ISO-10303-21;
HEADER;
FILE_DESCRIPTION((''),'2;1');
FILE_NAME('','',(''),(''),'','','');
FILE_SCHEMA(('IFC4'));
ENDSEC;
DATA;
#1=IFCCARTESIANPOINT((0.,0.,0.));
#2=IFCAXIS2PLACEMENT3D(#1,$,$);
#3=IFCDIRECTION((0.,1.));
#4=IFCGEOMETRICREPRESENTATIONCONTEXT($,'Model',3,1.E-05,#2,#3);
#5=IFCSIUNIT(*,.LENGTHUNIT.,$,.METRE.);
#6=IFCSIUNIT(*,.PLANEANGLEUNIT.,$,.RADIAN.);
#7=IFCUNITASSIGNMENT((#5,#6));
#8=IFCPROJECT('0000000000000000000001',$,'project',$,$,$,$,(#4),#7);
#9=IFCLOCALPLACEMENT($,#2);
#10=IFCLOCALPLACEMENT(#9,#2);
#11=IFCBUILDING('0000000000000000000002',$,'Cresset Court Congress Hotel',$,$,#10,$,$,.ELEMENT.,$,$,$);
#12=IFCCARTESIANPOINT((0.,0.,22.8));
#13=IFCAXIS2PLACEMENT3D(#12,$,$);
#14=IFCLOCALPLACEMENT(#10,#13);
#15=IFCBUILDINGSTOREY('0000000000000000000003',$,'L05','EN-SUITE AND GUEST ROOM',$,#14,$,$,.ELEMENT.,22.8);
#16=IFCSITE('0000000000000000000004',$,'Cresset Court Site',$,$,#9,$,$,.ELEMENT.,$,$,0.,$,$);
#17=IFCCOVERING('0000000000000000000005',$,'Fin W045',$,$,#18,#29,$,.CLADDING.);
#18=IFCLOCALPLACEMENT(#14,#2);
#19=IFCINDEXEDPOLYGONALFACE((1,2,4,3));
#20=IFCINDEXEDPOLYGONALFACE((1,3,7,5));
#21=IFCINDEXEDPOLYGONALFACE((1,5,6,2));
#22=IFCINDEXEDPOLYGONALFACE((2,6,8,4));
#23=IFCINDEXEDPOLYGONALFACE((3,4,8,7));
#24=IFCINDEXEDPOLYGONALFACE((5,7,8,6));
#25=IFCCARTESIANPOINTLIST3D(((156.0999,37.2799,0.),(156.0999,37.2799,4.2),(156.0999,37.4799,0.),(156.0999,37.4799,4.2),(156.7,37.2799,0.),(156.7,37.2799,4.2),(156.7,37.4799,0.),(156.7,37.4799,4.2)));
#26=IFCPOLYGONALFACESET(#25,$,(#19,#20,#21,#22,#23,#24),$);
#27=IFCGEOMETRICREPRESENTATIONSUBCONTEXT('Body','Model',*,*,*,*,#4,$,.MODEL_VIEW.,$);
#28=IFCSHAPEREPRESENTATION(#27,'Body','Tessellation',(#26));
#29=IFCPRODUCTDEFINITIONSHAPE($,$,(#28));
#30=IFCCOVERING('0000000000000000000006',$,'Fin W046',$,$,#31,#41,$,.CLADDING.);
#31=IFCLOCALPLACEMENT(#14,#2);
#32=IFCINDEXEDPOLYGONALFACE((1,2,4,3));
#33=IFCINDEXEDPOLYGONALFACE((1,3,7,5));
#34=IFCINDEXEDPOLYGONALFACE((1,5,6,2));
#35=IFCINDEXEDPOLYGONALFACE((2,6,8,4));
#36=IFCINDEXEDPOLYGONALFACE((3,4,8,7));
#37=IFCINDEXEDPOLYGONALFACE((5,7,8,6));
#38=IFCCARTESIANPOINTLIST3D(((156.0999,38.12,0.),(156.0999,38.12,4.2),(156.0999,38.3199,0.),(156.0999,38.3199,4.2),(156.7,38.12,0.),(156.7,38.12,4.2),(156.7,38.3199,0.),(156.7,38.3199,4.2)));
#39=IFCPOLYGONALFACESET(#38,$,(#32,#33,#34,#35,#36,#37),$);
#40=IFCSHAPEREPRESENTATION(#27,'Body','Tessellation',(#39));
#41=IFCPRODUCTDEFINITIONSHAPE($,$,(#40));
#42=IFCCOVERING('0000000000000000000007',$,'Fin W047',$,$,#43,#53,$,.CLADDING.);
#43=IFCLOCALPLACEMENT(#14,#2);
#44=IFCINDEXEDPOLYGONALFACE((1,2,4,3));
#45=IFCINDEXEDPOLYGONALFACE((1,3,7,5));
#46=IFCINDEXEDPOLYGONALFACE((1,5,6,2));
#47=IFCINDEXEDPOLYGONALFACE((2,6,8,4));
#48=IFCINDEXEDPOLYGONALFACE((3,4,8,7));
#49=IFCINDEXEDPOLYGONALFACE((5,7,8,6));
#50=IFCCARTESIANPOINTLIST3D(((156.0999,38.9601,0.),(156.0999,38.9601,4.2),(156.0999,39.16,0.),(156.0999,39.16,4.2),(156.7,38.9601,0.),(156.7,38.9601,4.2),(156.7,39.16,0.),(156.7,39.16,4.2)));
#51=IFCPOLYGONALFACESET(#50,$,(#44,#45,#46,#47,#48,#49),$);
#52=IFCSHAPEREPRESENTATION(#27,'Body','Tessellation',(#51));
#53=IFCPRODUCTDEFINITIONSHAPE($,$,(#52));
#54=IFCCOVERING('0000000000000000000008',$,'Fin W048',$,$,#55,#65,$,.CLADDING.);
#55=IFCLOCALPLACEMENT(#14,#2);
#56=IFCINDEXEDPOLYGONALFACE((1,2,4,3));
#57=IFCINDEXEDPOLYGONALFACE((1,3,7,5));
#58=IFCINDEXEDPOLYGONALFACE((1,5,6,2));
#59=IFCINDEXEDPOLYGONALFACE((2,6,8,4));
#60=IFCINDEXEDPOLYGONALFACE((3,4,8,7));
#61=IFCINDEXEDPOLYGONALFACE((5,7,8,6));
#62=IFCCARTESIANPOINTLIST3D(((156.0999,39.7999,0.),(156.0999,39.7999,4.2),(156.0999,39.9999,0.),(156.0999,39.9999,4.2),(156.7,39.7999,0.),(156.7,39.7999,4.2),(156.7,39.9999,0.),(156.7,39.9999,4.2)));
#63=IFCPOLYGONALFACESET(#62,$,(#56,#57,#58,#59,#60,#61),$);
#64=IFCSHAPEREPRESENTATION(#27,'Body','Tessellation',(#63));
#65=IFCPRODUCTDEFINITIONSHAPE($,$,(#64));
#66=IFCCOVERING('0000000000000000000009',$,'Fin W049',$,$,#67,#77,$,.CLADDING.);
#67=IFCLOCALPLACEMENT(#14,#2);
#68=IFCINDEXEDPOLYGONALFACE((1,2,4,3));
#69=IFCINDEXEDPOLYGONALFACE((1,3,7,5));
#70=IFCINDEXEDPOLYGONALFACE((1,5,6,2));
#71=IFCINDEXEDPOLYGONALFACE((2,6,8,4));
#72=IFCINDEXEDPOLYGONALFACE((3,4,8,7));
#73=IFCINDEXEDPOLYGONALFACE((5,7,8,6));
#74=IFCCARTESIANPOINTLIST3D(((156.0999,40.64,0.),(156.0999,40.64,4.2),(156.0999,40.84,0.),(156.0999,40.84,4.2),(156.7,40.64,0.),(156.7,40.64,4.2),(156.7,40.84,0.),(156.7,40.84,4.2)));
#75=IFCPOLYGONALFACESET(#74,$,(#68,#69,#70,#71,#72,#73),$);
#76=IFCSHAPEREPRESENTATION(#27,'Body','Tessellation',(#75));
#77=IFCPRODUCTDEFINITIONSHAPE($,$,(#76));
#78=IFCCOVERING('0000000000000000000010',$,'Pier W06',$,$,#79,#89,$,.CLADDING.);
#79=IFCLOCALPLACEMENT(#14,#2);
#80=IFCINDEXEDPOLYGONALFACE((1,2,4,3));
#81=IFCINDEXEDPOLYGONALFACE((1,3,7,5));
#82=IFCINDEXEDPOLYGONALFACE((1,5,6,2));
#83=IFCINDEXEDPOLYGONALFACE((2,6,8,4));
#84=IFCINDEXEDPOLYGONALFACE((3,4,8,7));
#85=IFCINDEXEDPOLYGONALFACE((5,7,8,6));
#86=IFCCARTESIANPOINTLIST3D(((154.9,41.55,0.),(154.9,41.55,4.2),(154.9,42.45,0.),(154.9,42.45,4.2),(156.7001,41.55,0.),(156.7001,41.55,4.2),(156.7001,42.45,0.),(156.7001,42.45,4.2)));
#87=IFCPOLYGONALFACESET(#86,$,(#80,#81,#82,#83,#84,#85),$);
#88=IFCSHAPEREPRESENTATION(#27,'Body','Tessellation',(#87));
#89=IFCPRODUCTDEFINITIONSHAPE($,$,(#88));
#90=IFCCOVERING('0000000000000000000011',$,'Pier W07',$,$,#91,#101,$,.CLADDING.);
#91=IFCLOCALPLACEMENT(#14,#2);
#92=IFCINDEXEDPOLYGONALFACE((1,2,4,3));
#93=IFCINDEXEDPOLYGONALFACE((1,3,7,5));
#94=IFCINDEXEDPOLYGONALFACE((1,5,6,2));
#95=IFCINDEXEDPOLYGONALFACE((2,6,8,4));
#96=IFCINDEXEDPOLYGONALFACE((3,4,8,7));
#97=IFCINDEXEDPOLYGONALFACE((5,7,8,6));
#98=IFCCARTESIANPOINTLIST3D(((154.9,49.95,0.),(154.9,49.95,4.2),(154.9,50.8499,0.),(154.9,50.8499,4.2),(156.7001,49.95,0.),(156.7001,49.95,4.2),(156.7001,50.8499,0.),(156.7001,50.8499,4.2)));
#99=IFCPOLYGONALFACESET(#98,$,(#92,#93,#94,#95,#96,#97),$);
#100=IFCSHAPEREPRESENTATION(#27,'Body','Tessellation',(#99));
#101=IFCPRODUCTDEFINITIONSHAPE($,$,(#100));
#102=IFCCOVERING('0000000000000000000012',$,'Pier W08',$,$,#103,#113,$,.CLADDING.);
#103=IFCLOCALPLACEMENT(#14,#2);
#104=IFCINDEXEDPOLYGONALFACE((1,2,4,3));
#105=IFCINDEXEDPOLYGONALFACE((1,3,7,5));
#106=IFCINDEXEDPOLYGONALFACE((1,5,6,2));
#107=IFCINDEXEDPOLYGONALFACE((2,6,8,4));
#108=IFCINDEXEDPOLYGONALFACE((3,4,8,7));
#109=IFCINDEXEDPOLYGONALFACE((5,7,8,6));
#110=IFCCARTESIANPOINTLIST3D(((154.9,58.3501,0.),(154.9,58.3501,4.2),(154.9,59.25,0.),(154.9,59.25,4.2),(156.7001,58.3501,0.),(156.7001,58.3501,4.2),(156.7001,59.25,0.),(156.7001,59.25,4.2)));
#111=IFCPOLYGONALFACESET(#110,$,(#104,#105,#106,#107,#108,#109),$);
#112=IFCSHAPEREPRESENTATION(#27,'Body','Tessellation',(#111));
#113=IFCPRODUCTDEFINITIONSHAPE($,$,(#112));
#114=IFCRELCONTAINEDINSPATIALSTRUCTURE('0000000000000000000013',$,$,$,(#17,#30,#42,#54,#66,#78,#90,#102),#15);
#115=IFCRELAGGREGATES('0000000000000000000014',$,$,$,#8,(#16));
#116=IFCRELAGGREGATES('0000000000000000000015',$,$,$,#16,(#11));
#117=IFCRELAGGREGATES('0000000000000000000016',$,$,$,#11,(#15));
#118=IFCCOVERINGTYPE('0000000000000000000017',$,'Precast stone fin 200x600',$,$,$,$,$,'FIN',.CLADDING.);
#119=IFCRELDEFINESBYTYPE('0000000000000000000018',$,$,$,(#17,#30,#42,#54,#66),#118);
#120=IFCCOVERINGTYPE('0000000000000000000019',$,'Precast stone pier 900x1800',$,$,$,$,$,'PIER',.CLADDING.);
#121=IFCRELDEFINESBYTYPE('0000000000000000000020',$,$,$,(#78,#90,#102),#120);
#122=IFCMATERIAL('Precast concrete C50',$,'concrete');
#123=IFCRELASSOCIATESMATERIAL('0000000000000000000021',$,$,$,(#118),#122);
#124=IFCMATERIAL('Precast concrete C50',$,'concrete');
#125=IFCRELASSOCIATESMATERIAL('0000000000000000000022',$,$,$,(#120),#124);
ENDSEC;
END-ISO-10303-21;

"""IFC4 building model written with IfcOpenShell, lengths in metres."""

from ifc_helpers import new_model, si_unit, direction, frame, origin, origin_2d, place, context, subcontext, project, spatial, rectangle, extrude, material, type_object, element, save


model = new_model("IFC4")

# Units and contexts
model_context = context("Model", 3, precision=1e-05, world=origin(), true_north=direction((0.0, 1.0)))
body_context = subcontext(model_context, "Body", "Model", "MODEL_VIEW")
ifc_project = project(units=[si_unit("LENGTHUNIT", "METRE"), si_unit("PLANEANGLEUNIT", "RADIAN")], contexts=[model_context])

# Site, building, storey
site_placement = place(None, origin())
site = spatial("IfcSite", under=ifc_project, at=site_placement, Name="Cresset Court Site", CompositionType="ELEMENT", RefElevation=0.0)
building_placement = place(site_placement, origin())
building = spatial("IfcBuilding", under=site, at=building_placement, Name="Cresset Court Congress Hotel", CompositionType="ELEMENT")
storey_placement = place(building_placement, frame((0.0, 0.0, 22.8)))
storey = spatial("IfcBuildingStorey", under=building, at=storey_placement, Name="L05", Description="EN-SUITE AND GUEST ROOM", CompositionType="ELEMENT", Elevation=22.8)

# Coverings
ifc_material_1 = material(Name="Precast concrete C50", Category="concrete")
covering_type_1 = type_object("IfcCoveringType", Name="Precast stone fin 200x600", ElementType="FIN", PredefinedType="CLADDING", material=ifc_material_1)
for number, where, z_axis, x_axis, name in (
    (1, (156.3999, 37.3799, 0.0), (0.0, 0.0, 1.0), (1.0, 0.0, 0.0), "Fin W045"),
    (2, (156.3999, 38.22, 0.0), (0.0, 0.0, 1.0), (1.0, 0.0, 0.0), "Fin W046"),
    (3, (156.3999, 39.0601, 0.0), (0.0, 0.0, 1.0), (1.0, 0.0, 0.0), "Fin W047"),
    (4, (156.3999, 39.8999, 0.0), (0.0, 0.0, 1.0), (1.0, 0.0, 0.0), "Fin W048"),
    (5, (156.3999, 40.74, 0.0), (0.0, 0.0, 1.0), (1.0, 0.0, 0.0), "Fin W049"),
):
    element("IfcCovering", number, at=place(storey_placement, frame(where, z_axis=z_axis, x_axis=x_axis)), inside=storey, type_object=covering_type_1, Name=name, PredefinedType="CLADDING", context=body_context, shape_type="SweptSolid", body=[
        extrude(rectangle(XDim=0.6001, YDim=0.2, at=origin_2d()), origin(), (0.0, 0.0, 1.0), 4.2),
    ])
ifc_material_2 = material(Name="Precast concrete C50", Category="concrete")
covering_type_2 = type_object("IfcCoveringType", Name="Precast stone pier 900x1800", ElementType="PIER", PredefinedType="CLADDING", material=ifc_material_2)
for number, where, z_axis, x_axis, name in (
    (6, (155.8, 42.0, 0.0), (0.0, 0.0, 1.0), (1.0, 0.0, 0.0), "Pier W06"),
    (7, (155.8, 50.3999, 0.0), (0.0, 0.0, 1.0), (1.0, 0.0, 0.0), "Pier W07"),
    (8, (155.8, 58.8, 0.0), (0.0, 0.0, 1.0), (1.0, 0.0, 0.0), "Pier W08"),
):
    element("IfcCovering", number, at=place(storey_placement, frame(where, z_axis=z_axis, x_axis=x_axis)), inside=storey, type_object=covering_type_2, Name=name, PredefinedType="CLADDING", context=body_context, shape_type="SweptSolid", body=[
        extrude(rectangle(XDim=1.8, YDim=0.8999, at=origin_2d()), origin(), (0.0, 0.0, 1.0), 4.2),
    ])

save(model, "model.ifc")
